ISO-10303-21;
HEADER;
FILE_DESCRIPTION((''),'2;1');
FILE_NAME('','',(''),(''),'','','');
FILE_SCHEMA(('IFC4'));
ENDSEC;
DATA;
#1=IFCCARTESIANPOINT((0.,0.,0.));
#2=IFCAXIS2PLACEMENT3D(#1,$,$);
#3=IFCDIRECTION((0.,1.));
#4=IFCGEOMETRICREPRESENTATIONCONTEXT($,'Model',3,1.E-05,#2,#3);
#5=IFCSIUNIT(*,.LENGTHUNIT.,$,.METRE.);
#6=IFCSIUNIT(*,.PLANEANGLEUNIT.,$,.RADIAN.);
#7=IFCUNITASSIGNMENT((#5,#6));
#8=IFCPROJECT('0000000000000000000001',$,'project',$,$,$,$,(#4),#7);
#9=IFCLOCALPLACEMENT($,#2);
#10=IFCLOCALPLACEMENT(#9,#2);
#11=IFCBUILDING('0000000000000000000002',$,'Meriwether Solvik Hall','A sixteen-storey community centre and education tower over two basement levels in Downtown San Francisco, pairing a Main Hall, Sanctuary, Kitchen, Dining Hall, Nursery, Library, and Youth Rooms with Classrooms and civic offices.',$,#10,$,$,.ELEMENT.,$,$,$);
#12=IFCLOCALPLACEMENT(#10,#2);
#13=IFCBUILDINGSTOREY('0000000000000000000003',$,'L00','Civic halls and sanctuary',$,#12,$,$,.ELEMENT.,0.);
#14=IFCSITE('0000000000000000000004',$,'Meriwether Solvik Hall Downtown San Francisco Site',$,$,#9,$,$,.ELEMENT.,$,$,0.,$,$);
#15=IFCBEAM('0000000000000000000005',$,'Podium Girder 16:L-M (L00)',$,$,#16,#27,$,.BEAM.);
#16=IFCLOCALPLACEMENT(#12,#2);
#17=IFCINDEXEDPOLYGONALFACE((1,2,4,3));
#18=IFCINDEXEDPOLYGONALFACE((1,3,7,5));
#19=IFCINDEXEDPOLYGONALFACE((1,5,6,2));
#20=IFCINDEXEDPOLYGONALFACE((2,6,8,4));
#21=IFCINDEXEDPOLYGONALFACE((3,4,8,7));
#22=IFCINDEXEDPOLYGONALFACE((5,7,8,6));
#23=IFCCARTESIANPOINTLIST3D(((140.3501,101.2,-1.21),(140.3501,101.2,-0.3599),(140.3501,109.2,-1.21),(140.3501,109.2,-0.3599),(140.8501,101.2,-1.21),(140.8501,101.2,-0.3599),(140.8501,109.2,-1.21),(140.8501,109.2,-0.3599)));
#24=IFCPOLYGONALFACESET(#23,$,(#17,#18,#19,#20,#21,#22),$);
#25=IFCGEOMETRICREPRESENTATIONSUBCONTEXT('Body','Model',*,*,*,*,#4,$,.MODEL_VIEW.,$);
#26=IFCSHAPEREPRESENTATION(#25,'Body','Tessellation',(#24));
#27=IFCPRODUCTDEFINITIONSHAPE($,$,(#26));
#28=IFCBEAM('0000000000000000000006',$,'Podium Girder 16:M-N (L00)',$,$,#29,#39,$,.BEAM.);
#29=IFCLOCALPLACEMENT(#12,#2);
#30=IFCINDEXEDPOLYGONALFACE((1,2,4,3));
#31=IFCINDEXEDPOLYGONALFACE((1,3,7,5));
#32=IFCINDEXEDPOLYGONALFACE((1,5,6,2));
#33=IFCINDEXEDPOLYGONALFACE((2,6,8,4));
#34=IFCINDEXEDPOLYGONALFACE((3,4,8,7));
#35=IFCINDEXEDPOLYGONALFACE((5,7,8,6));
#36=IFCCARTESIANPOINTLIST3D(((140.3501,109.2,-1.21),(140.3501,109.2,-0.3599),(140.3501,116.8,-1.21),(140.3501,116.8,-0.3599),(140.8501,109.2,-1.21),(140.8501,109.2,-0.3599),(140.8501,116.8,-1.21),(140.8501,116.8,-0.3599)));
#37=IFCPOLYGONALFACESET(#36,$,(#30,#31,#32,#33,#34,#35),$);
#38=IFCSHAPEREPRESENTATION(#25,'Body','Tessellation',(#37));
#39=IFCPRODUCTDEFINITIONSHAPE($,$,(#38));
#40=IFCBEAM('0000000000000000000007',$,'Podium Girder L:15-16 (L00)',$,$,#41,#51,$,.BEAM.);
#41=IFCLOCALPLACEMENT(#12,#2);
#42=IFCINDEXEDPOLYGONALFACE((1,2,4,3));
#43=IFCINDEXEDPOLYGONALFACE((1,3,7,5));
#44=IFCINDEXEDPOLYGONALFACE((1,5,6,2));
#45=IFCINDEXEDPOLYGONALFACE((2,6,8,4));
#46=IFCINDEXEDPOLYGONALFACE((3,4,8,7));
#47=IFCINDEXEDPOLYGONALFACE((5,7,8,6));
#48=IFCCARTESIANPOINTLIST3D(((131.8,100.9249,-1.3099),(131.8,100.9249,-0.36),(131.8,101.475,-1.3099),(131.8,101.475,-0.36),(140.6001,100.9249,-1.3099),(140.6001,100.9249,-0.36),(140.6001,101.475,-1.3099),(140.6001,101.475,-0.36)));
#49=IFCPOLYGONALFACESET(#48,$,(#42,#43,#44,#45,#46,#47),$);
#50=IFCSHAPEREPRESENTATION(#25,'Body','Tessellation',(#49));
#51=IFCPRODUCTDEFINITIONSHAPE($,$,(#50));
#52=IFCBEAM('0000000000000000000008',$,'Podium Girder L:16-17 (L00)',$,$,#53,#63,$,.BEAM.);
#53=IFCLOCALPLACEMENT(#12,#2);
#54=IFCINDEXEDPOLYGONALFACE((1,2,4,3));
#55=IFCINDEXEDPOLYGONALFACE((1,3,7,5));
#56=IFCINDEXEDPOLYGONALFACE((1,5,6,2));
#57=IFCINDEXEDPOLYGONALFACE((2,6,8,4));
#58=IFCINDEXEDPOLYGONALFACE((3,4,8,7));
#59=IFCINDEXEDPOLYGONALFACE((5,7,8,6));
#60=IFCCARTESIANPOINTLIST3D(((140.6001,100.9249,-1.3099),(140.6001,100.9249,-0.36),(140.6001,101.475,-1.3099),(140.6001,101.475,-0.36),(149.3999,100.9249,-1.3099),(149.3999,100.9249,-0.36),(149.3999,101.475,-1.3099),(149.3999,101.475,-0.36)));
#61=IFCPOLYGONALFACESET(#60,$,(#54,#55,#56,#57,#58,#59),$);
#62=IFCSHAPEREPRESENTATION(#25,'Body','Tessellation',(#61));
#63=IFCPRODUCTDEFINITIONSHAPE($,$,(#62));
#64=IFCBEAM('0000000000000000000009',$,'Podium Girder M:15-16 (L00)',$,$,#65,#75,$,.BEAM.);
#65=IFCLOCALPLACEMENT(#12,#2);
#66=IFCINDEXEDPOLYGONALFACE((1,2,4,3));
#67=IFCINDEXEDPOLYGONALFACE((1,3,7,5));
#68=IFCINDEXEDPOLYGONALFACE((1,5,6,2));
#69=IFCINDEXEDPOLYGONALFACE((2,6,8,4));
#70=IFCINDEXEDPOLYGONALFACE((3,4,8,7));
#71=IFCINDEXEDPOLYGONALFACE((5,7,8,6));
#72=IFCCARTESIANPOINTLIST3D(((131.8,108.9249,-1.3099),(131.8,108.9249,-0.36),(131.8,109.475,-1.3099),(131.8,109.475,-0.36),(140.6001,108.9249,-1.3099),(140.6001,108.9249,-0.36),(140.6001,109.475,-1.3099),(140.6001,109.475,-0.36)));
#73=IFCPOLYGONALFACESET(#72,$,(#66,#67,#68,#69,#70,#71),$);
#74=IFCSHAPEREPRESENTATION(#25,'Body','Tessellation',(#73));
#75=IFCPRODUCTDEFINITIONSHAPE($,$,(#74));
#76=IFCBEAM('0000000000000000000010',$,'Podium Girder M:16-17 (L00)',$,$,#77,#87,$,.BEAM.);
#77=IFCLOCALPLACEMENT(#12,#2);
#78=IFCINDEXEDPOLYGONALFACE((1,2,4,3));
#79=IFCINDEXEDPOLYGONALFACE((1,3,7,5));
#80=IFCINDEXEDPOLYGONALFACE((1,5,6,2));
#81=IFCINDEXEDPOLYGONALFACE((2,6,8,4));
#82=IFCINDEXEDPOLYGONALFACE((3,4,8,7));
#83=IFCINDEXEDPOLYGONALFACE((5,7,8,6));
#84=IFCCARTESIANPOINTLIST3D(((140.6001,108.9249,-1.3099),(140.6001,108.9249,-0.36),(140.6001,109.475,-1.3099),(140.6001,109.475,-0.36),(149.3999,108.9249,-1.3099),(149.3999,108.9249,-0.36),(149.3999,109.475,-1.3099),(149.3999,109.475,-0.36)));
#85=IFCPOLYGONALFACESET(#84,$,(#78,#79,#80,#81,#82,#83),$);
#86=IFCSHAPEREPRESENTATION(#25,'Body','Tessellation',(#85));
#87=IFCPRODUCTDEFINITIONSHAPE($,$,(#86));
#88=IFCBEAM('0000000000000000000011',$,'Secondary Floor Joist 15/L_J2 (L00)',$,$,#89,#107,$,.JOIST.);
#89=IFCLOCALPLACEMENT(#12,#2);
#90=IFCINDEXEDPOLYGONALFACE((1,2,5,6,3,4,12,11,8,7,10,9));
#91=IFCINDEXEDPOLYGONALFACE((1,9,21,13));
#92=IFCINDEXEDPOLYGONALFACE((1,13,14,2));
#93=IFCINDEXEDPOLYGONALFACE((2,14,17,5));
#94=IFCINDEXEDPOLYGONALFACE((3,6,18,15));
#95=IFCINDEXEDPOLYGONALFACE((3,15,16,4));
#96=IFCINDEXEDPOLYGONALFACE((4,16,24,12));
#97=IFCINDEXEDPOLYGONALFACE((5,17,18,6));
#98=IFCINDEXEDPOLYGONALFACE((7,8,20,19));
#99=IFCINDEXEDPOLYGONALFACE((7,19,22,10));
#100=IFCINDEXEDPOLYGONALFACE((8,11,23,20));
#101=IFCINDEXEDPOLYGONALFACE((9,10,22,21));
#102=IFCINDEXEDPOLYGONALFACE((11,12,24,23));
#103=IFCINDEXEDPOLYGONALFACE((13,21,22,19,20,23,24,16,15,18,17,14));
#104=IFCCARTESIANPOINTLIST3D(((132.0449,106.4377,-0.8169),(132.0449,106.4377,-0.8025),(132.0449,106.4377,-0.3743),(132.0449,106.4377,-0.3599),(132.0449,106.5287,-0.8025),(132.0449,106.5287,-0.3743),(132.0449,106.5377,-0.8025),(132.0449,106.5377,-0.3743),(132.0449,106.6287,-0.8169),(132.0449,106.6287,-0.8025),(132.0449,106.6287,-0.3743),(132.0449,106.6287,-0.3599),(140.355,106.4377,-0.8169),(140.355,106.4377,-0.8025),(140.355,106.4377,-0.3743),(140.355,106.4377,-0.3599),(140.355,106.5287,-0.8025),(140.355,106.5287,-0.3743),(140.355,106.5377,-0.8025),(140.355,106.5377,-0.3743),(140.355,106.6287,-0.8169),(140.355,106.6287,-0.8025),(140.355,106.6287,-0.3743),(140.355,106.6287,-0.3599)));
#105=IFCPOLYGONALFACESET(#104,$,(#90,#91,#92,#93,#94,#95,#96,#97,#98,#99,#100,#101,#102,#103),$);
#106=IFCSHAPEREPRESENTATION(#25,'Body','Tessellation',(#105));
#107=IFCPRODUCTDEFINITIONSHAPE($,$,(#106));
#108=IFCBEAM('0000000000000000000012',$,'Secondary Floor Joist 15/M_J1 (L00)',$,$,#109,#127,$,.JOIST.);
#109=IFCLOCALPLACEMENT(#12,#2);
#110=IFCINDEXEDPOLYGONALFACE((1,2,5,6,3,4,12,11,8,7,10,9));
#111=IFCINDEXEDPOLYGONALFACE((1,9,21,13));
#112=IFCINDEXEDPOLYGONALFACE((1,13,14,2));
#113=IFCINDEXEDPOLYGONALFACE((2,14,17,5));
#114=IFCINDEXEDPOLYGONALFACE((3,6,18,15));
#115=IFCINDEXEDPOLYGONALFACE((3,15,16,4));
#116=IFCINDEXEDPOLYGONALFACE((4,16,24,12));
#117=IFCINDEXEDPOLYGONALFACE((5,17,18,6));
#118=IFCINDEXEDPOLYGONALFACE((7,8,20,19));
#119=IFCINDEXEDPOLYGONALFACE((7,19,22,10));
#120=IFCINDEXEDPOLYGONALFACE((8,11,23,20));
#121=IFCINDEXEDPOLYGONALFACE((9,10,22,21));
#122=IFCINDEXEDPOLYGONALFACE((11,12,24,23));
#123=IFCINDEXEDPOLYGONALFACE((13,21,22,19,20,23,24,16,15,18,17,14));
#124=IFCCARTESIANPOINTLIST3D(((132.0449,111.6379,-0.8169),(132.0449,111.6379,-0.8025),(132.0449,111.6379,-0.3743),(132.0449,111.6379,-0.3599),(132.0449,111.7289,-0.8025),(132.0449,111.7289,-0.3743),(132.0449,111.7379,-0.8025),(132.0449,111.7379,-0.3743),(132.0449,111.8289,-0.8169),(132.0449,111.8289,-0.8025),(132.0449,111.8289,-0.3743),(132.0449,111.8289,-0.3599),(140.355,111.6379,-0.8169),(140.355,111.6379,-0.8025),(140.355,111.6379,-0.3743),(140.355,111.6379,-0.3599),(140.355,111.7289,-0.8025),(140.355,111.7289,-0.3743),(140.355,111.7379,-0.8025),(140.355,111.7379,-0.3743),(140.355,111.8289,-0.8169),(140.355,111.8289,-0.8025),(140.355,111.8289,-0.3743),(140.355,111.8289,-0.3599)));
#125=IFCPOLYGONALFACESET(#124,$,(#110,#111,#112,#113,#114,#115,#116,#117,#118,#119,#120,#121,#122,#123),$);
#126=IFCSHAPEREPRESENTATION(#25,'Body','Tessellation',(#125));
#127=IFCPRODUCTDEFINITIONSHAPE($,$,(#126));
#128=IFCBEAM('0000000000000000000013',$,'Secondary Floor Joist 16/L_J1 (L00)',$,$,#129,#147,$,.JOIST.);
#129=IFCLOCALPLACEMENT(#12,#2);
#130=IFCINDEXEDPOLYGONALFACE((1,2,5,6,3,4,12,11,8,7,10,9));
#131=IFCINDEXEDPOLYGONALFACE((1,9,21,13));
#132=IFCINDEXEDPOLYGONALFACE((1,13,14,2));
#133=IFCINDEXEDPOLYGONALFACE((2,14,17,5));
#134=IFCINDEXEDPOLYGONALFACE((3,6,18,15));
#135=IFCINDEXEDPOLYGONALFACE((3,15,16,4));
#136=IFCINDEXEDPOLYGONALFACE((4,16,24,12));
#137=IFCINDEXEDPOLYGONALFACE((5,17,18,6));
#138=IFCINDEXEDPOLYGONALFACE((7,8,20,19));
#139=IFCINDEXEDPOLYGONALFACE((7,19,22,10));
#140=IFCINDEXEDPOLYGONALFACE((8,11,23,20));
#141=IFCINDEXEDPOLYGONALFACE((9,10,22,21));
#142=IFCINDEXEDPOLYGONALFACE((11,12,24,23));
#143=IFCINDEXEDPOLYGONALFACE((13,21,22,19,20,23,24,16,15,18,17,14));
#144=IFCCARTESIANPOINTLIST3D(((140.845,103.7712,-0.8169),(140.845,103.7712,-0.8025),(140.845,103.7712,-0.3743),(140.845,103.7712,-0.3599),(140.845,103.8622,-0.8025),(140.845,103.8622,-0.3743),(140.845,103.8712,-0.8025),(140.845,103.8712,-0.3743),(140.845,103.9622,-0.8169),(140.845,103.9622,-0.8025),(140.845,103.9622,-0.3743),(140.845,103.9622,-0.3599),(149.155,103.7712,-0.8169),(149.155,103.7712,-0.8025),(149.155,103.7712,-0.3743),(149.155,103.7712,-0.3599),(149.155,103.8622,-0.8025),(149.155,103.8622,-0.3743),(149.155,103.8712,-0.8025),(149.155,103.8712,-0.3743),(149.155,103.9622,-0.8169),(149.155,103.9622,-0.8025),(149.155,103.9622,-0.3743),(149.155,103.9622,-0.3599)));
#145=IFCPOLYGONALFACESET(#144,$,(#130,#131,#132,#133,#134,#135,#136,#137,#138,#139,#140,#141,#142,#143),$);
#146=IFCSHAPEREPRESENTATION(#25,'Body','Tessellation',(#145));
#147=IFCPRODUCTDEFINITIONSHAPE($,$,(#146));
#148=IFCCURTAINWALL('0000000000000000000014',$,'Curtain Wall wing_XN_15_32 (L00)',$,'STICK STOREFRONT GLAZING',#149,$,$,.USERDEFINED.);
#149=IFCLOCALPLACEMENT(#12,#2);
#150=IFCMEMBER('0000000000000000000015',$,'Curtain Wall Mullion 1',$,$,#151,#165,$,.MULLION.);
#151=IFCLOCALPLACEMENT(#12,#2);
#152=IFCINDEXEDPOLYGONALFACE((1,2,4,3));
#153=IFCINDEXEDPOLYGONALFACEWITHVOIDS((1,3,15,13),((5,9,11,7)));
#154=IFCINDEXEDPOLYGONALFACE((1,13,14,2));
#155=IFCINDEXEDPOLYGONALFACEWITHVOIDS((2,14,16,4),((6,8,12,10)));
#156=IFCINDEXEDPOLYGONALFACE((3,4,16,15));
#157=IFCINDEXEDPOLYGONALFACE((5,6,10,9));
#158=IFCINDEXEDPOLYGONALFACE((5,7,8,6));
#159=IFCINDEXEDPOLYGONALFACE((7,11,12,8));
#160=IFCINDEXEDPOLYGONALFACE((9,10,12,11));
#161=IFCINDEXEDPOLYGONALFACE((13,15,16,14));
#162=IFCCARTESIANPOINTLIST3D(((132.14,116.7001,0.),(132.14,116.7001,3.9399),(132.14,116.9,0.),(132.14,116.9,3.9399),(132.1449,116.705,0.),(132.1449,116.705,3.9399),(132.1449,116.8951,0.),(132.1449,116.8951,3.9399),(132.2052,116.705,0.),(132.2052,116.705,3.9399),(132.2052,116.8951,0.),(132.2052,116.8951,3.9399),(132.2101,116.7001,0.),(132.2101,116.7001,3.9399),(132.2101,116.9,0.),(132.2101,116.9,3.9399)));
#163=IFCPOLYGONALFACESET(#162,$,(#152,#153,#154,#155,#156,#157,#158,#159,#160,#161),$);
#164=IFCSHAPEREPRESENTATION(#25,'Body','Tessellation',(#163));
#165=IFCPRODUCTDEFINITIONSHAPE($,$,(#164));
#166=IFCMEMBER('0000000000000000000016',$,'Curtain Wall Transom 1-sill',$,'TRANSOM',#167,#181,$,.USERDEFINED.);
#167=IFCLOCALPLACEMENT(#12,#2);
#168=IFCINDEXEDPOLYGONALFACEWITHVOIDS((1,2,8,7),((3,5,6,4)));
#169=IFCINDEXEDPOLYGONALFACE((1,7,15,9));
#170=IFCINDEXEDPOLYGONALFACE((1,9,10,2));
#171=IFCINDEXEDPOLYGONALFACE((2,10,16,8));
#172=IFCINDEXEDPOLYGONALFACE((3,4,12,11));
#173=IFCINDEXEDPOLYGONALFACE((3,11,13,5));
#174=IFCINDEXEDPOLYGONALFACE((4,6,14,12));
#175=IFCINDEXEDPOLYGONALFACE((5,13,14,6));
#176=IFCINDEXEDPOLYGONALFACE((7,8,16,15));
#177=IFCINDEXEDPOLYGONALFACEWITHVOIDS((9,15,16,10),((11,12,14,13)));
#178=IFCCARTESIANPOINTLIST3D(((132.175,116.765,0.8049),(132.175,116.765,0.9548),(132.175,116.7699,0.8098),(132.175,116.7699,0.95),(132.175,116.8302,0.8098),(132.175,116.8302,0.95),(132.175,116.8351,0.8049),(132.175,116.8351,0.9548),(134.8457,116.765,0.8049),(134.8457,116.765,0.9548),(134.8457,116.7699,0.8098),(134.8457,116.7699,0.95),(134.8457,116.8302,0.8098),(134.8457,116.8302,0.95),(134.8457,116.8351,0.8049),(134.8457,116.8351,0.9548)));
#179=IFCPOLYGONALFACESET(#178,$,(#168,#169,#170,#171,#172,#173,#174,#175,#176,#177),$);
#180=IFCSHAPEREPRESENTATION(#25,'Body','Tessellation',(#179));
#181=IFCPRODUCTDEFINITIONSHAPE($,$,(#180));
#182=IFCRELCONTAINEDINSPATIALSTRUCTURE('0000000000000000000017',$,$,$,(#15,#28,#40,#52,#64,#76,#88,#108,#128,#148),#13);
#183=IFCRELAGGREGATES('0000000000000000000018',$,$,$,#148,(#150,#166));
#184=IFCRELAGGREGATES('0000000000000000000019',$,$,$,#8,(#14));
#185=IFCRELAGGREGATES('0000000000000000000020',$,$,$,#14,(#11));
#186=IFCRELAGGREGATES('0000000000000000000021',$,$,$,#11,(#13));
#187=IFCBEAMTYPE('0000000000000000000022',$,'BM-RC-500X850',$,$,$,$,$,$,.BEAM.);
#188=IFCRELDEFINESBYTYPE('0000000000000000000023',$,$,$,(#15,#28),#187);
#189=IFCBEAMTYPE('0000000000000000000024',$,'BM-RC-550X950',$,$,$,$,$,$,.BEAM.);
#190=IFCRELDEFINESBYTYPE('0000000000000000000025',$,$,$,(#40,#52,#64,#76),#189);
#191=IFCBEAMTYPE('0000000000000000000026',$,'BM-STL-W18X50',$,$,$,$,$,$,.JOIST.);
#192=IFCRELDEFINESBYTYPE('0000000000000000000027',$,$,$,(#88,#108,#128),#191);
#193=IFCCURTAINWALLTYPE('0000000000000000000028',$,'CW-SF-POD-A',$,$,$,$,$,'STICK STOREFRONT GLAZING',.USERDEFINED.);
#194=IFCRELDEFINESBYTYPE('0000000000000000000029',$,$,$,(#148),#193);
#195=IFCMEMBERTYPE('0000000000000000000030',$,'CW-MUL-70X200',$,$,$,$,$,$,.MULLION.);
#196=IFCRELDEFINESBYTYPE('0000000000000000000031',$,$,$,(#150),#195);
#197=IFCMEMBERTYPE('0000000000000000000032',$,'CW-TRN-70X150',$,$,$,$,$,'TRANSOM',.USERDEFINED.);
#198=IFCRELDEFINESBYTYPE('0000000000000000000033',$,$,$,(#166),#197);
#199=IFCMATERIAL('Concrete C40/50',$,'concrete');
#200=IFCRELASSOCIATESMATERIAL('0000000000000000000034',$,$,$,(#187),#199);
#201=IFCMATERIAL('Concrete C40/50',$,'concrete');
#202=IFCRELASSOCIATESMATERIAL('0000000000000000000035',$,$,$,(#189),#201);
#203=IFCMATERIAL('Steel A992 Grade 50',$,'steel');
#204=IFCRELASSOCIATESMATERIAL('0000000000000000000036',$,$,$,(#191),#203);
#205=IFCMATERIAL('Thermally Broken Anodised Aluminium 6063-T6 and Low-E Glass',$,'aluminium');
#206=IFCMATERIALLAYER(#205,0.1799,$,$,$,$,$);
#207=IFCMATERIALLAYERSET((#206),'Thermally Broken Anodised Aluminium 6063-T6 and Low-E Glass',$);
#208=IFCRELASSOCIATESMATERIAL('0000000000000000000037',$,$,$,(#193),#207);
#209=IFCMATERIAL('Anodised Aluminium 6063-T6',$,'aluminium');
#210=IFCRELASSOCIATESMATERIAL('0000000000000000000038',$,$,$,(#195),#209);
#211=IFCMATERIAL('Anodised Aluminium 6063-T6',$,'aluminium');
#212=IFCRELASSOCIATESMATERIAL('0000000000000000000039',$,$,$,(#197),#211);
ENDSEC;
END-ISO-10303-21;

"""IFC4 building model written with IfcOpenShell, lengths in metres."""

from ifc_helpers import new_model, si_unit, direction, frame, origin, origin_2d, place, context, subcontext, project, spatial, rectangle, hollow_rectangle, i_section, extrude, material, layer, layer_set, material_profile, profile_set, type_object, element, aggregate, save


model = new_model("IFC4")

# Units and contexts
model_context = context("Model", 3, precision=1e-05, world=origin(), true_north=direction((0.0, 1.0)))
body_context = subcontext(model_context, "Body", "Model", "MODEL_VIEW")
ifc_project = project(units=[si_unit("LENGTHUNIT", "METRE"), si_unit("PLANEANGLEUNIT", "RADIAN")], contexts=[model_context])

# Site, building, storey
site_placement = place(None, origin())
site = spatial("IfcSite", under=ifc_project, at=site_placement, Name="Meriwether Solvik Hall Downtown San Francisco Site", CompositionType="ELEMENT", RefElevation=0.0)
building_placement = place(site_placement, origin())
building = spatial("IfcBuilding", under=site, at=building_placement, Name="Meriwether Solvik Hall", Description="A sixteen-storey community centre and education tower over two basement levels in Downtown San Francisco, pairing a Main Hall, Sanctuary, Kitchen, Dining Hall, Nursery, Library, and Youth Rooms with Classrooms and civic offices.", CompositionType="ELEMENT")
storey_placement = place(building_placement, origin())
storey = spatial("IfcBuildingStorey", under=building, at=storey_placement, Name="L00", Description="Civic halls and sanctuary", CompositionType="ELEMENT", Elevation=0.0)

# Beams
ifc_material_1 = material(Name="Concrete C40/50", Category="concrete")
ifc_material_profile_1 = material_profile(ifc_material_1, rectangle(XDim=0.5, YDim=0.8501, at=origin_2d()), Name="RCB-500X850")
ifc_profile_set_1 = profile_set([ifc_material_profile_1], Name="Concrete C40/50")
beam_type_1 = type_object("IfcBeamType", Name="BM-RC-500X850", PredefinedType="BEAM", material=ifc_profile_set_1)
beam_1_placement = place(storey_placement, frame((140.6001, 101.2, -0.7849), z_axis=(0.0, 1.0, 0.0), x_axis=(-1.0, 0.0, 0.0)))
element("IfcBeam", 1, at=beam_1_placement, inside=storey, type_object=beam_type_1, Name="Podium Girder 16:L-M (L00)", PredefinedType="BEAM", context=body_context, shape_type="SweptSolid", body=[
    extrude(rectangle(XDim=0.5, YDim=0.8501, at=origin_2d()), origin(), (0.0, 0.0, 1.0), 8.0),
])
beam_2_placement = place(storey_placement, frame((140.6001, 109.2, -0.7849), z_axis=(0.0, 1.0, 0.0), x_axis=(-1.0, 0.0, 0.0)))
element("IfcBeam", 2, at=beam_2_placement, inside=storey, type_object=beam_type_1, Name="Podium Girder 16:M-N (L00)", PredefinedType="BEAM", context=body_context, shape_type="SweptSolid", body=[
    extrude(rectangle(XDim=0.5, YDim=0.8501, at=origin_2d()), origin(), (0.0, 0.0, 1.0), 7.6001),
])
ifc_material_2 = material(Name="Concrete C40/50", Category="concrete")
ifc_material_profile_2 = material_profile(ifc_material_2, rectangle(XDim=0.55, YDim=0.95, at=origin_2d()), Name="RCB-550X950")
ifc_profile_set_2 = profile_set([ifc_material_profile_2], Name="Concrete C40/50")
beam_type_2 = type_object("IfcBeamType", Name="BM-RC-550X950", PredefinedType="BEAM", material=ifc_profile_set_2)
beam_3_placement = place(storey_placement, frame((131.8, 101.2, -0.835), z_axis=(1.0, 0.0, 0.0), x_axis=(0.0, 1.0, 0.0)))
element("IfcBeam", 3, at=beam_3_placement, inside=storey, type_object=beam_type_2, Name="Podium Girder L:15-16 (L00)", PredefinedType="BEAM", context=body_context, shape_type="SweptSolid", body=[
    extrude(rectangle(XDim=0.55, YDim=0.95, at=origin_2d()), origin(), (0.0, 0.0, 1.0), 8.8),
])
beam_4_placement = place(storey_placement, frame((140.6001, 101.2, -0.835), z_axis=(1.0, 0.0, 0.0), x_axis=(0.0, 1.0, 0.0)))
element("IfcBeam", 4, at=beam_4_placement, inside=storey, type_object=beam_type_2, Name="Podium Girder L:16-17 (L00)", PredefinedType="BEAM", context=body_context, shape_type="SweptSolid", body=[
    extrude(rectangle(XDim=0.55, YDim=0.95, at=origin_2d()), origin(), (0.0, 0.0, 1.0), 8.7998),
])
beam_5_placement = place(storey_placement, frame((131.8, 109.2, -0.835), z_axis=(1.0, 0.0, 0.0), x_axis=(0.0, 1.0, 0.0)))
element("IfcBeam", 5, at=beam_5_placement, inside=storey, type_object=beam_type_2, Name="Podium Girder M:15-16 (L00)", PredefinedType="BEAM", context=body_context, shape_type="SweptSolid", body=[
    extrude(rectangle(XDim=0.55, YDim=0.95, at=origin_2d()), origin(), (0.0, 0.0, 1.0), 8.8),
])
beam_6_placement = place(storey_placement, frame((140.6001, 109.2, -0.835), z_axis=(1.0, 0.0, 0.0), x_axis=(0.0, 1.0, 0.0)))
element("IfcBeam", 6, at=beam_6_placement, inside=storey, type_object=beam_type_2, Name="Podium Girder M:16-17 (L00)", PredefinedType="BEAM", context=body_context, shape_type="SweptSolid", body=[
    extrude(rectangle(XDim=0.55, YDim=0.95, at=origin_2d()), origin(), (0.0, 0.0, 1.0), 8.7998),
])
ifc_material_3 = material(Name="Steel A992 Grade 50", Category="steel")
ifc_material_profile_3 = material_profile(ifc_material_3, i_section(OverallWidth=0.1909, OverallDepth=0.457, WebThickness=0.009, FlangeThickness=0.0144, at=origin_2d()), Name="W18X50")
ifc_profile_set_3 = profile_set([ifc_material_profile_3], Name="Steel A992 Grade 50")
beam_type_3 = type_object("IfcBeamType", Name="BM-STL-W18X50", PredefinedType="JOIST", material=ifc_profile_set_3)
for number, where, z_axis, x_axis, name in (
    (7, (132.0449, 106.5332, -0.5884), (1.0, 0.0, 0.0), (0.0, 1.0, 0.0), "Secondary Floor Joist 15/L_J2 (L00)"),
    (8, (132.0449, 111.7334, -0.5884), (1.0, 0.0, 0.0), (0.0, 1.0, 0.0), "Secondary Floor Joist 15/M_J1 (L00)"),
    (9, (140.845, 103.8667, -0.5884), (1.0, 0.0, 0.0), (0.0, 1.0, 0.0), "Secondary Floor Joist 16/L_J1 (L00)"),
):
    element("IfcBeam", number, at=place(storey_placement, frame(where, z_axis=z_axis, x_axis=x_axis)), inside=storey, type_object=beam_type_3, Name=name, PredefinedType="JOIST", context=body_context, shape_type="SweptSolid", body=[
        extrude(i_section(OverallWidth=0.1909, OverallDepth=0.457, WebThickness=0.009, FlangeThickness=0.0144, at=origin_2d()), origin(), (0.0, 0.0, 1.0), 8.3101),
    ])

# Curtain wall, members
ifc_material_4 = material(Name="Thermally Broken Anodised Aluminium 6063-T6 and Low-E Glass", Category="aluminium")
ifc_layer_1 = layer(ifc_material_4, 0.1799)
ifc_layer_set_1 = layer_set([ifc_layer_1], Name="Thermally Broken Anodised Aluminium 6063-T6 and Low-E Glass")
curtain_wall_type = type_object("IfcCurtainWallType", Name="CW-SF-POD-A", ElementType="STICK STOREFRONT GLAZING", PredefinedType="USERDEFINED", material=ifc_layer_set_1)
curtain_wall_placement = place(storey_placement, origin())
curtain_wall = element("IfcCurtainWall", 10, at=curtain_wall_placement, inside=storey, type_object=curtain_wall_type, Name="Curtain Wall wing_XN_15_32 (L00)", ObjectType="STICK STOREFRONT GLAZING", PredefinedType="USERDEFINED")
ifc_material_5 = material(Name="Anodised Aluminium 6063-T6", Category="aluminium")
ifc_material_profile_4 = material_profile(ifc_material_5, hollow_rectangle(XDim=0.0701, YDim=0.2, WallThickness=0.0049, at=origin_2d()), Name="CWM-70X200")
ifc_profile_set_4 = profile_set([ifc_material_profile_4], Name="Anodised Aluminium 6063-T6")
member_type_1 = type_object("IfcMemberType", Name="CW-MUL-70X200", PredefinedType="MULLION", material=ifc_profile_set_4)
member_1_placement = place(storey_placement, frame((132.175, 116.8, 0.0), z_axis=(0.0, 0.0, 1.0), x_axis=(1.0, 0.0, 0.0)))
member_1 = element("IfcMember", 11, at=member_1_placement, type_object=member_type_1, Name="Curtain Wall Mullion 1", PredefinedType="MULLION", context=body_context, shape_type="SweptSolid", body=[
    extrude(hollow_rectangle(XDim=0.0701, YDim=0.2, WallThickness=0.0049, at=origin_2d()), origin(), (0.0, 0.0, 1.0), 3.9399),
])
ifc_material_6 = material(Name="Anodised Aluminium 6063-T6", Category="aluminium")
ifc_material_profile_5 = material_profile(ifc_material_6, hollow_rectangle(XDim=0.0701, YDim=0.1499, WallThickness=0.0049, at=origin_2d()), Name="CWT-70X150")
ifc_profile_set_5 = profile_set([ifc_material_profile_5], Name="Anodised Aluminium 6063-T6")
member_type_2 = type_object("IfcMemberType", Name="CW-TRN-70X150", ElementType="TRANSOM", PredefinedType="USERDEFINED", material=ifc_profile_set_5)
member_2_placement = place(storey_placement, frame((132.175, 116.8, 0.8799), z_axis=(1.0, 0.0, 0.0), x_axis=(0.0, 1.0, 0.0)))
member_2 = element("IfcMember", 12, at=member_2_placement, type_object=member_type_2, Name="Curtain Wall Transom 1-sill", ObjectType="TRANSOM", PredefinedType="USERDEFINED", context=body_context, shape_type="SweptSolid", body=[
    extrude(hollow_rectangle(XDim=0.0701, YDim=0.1499, WallThickness=0.0049, at=origin_2d()), origin(), (0.0, 0.0, 1.0), 2.6707),
])
aggregate(curtain_wall, [member_1, member_2])

save(model, "model.ifc")
